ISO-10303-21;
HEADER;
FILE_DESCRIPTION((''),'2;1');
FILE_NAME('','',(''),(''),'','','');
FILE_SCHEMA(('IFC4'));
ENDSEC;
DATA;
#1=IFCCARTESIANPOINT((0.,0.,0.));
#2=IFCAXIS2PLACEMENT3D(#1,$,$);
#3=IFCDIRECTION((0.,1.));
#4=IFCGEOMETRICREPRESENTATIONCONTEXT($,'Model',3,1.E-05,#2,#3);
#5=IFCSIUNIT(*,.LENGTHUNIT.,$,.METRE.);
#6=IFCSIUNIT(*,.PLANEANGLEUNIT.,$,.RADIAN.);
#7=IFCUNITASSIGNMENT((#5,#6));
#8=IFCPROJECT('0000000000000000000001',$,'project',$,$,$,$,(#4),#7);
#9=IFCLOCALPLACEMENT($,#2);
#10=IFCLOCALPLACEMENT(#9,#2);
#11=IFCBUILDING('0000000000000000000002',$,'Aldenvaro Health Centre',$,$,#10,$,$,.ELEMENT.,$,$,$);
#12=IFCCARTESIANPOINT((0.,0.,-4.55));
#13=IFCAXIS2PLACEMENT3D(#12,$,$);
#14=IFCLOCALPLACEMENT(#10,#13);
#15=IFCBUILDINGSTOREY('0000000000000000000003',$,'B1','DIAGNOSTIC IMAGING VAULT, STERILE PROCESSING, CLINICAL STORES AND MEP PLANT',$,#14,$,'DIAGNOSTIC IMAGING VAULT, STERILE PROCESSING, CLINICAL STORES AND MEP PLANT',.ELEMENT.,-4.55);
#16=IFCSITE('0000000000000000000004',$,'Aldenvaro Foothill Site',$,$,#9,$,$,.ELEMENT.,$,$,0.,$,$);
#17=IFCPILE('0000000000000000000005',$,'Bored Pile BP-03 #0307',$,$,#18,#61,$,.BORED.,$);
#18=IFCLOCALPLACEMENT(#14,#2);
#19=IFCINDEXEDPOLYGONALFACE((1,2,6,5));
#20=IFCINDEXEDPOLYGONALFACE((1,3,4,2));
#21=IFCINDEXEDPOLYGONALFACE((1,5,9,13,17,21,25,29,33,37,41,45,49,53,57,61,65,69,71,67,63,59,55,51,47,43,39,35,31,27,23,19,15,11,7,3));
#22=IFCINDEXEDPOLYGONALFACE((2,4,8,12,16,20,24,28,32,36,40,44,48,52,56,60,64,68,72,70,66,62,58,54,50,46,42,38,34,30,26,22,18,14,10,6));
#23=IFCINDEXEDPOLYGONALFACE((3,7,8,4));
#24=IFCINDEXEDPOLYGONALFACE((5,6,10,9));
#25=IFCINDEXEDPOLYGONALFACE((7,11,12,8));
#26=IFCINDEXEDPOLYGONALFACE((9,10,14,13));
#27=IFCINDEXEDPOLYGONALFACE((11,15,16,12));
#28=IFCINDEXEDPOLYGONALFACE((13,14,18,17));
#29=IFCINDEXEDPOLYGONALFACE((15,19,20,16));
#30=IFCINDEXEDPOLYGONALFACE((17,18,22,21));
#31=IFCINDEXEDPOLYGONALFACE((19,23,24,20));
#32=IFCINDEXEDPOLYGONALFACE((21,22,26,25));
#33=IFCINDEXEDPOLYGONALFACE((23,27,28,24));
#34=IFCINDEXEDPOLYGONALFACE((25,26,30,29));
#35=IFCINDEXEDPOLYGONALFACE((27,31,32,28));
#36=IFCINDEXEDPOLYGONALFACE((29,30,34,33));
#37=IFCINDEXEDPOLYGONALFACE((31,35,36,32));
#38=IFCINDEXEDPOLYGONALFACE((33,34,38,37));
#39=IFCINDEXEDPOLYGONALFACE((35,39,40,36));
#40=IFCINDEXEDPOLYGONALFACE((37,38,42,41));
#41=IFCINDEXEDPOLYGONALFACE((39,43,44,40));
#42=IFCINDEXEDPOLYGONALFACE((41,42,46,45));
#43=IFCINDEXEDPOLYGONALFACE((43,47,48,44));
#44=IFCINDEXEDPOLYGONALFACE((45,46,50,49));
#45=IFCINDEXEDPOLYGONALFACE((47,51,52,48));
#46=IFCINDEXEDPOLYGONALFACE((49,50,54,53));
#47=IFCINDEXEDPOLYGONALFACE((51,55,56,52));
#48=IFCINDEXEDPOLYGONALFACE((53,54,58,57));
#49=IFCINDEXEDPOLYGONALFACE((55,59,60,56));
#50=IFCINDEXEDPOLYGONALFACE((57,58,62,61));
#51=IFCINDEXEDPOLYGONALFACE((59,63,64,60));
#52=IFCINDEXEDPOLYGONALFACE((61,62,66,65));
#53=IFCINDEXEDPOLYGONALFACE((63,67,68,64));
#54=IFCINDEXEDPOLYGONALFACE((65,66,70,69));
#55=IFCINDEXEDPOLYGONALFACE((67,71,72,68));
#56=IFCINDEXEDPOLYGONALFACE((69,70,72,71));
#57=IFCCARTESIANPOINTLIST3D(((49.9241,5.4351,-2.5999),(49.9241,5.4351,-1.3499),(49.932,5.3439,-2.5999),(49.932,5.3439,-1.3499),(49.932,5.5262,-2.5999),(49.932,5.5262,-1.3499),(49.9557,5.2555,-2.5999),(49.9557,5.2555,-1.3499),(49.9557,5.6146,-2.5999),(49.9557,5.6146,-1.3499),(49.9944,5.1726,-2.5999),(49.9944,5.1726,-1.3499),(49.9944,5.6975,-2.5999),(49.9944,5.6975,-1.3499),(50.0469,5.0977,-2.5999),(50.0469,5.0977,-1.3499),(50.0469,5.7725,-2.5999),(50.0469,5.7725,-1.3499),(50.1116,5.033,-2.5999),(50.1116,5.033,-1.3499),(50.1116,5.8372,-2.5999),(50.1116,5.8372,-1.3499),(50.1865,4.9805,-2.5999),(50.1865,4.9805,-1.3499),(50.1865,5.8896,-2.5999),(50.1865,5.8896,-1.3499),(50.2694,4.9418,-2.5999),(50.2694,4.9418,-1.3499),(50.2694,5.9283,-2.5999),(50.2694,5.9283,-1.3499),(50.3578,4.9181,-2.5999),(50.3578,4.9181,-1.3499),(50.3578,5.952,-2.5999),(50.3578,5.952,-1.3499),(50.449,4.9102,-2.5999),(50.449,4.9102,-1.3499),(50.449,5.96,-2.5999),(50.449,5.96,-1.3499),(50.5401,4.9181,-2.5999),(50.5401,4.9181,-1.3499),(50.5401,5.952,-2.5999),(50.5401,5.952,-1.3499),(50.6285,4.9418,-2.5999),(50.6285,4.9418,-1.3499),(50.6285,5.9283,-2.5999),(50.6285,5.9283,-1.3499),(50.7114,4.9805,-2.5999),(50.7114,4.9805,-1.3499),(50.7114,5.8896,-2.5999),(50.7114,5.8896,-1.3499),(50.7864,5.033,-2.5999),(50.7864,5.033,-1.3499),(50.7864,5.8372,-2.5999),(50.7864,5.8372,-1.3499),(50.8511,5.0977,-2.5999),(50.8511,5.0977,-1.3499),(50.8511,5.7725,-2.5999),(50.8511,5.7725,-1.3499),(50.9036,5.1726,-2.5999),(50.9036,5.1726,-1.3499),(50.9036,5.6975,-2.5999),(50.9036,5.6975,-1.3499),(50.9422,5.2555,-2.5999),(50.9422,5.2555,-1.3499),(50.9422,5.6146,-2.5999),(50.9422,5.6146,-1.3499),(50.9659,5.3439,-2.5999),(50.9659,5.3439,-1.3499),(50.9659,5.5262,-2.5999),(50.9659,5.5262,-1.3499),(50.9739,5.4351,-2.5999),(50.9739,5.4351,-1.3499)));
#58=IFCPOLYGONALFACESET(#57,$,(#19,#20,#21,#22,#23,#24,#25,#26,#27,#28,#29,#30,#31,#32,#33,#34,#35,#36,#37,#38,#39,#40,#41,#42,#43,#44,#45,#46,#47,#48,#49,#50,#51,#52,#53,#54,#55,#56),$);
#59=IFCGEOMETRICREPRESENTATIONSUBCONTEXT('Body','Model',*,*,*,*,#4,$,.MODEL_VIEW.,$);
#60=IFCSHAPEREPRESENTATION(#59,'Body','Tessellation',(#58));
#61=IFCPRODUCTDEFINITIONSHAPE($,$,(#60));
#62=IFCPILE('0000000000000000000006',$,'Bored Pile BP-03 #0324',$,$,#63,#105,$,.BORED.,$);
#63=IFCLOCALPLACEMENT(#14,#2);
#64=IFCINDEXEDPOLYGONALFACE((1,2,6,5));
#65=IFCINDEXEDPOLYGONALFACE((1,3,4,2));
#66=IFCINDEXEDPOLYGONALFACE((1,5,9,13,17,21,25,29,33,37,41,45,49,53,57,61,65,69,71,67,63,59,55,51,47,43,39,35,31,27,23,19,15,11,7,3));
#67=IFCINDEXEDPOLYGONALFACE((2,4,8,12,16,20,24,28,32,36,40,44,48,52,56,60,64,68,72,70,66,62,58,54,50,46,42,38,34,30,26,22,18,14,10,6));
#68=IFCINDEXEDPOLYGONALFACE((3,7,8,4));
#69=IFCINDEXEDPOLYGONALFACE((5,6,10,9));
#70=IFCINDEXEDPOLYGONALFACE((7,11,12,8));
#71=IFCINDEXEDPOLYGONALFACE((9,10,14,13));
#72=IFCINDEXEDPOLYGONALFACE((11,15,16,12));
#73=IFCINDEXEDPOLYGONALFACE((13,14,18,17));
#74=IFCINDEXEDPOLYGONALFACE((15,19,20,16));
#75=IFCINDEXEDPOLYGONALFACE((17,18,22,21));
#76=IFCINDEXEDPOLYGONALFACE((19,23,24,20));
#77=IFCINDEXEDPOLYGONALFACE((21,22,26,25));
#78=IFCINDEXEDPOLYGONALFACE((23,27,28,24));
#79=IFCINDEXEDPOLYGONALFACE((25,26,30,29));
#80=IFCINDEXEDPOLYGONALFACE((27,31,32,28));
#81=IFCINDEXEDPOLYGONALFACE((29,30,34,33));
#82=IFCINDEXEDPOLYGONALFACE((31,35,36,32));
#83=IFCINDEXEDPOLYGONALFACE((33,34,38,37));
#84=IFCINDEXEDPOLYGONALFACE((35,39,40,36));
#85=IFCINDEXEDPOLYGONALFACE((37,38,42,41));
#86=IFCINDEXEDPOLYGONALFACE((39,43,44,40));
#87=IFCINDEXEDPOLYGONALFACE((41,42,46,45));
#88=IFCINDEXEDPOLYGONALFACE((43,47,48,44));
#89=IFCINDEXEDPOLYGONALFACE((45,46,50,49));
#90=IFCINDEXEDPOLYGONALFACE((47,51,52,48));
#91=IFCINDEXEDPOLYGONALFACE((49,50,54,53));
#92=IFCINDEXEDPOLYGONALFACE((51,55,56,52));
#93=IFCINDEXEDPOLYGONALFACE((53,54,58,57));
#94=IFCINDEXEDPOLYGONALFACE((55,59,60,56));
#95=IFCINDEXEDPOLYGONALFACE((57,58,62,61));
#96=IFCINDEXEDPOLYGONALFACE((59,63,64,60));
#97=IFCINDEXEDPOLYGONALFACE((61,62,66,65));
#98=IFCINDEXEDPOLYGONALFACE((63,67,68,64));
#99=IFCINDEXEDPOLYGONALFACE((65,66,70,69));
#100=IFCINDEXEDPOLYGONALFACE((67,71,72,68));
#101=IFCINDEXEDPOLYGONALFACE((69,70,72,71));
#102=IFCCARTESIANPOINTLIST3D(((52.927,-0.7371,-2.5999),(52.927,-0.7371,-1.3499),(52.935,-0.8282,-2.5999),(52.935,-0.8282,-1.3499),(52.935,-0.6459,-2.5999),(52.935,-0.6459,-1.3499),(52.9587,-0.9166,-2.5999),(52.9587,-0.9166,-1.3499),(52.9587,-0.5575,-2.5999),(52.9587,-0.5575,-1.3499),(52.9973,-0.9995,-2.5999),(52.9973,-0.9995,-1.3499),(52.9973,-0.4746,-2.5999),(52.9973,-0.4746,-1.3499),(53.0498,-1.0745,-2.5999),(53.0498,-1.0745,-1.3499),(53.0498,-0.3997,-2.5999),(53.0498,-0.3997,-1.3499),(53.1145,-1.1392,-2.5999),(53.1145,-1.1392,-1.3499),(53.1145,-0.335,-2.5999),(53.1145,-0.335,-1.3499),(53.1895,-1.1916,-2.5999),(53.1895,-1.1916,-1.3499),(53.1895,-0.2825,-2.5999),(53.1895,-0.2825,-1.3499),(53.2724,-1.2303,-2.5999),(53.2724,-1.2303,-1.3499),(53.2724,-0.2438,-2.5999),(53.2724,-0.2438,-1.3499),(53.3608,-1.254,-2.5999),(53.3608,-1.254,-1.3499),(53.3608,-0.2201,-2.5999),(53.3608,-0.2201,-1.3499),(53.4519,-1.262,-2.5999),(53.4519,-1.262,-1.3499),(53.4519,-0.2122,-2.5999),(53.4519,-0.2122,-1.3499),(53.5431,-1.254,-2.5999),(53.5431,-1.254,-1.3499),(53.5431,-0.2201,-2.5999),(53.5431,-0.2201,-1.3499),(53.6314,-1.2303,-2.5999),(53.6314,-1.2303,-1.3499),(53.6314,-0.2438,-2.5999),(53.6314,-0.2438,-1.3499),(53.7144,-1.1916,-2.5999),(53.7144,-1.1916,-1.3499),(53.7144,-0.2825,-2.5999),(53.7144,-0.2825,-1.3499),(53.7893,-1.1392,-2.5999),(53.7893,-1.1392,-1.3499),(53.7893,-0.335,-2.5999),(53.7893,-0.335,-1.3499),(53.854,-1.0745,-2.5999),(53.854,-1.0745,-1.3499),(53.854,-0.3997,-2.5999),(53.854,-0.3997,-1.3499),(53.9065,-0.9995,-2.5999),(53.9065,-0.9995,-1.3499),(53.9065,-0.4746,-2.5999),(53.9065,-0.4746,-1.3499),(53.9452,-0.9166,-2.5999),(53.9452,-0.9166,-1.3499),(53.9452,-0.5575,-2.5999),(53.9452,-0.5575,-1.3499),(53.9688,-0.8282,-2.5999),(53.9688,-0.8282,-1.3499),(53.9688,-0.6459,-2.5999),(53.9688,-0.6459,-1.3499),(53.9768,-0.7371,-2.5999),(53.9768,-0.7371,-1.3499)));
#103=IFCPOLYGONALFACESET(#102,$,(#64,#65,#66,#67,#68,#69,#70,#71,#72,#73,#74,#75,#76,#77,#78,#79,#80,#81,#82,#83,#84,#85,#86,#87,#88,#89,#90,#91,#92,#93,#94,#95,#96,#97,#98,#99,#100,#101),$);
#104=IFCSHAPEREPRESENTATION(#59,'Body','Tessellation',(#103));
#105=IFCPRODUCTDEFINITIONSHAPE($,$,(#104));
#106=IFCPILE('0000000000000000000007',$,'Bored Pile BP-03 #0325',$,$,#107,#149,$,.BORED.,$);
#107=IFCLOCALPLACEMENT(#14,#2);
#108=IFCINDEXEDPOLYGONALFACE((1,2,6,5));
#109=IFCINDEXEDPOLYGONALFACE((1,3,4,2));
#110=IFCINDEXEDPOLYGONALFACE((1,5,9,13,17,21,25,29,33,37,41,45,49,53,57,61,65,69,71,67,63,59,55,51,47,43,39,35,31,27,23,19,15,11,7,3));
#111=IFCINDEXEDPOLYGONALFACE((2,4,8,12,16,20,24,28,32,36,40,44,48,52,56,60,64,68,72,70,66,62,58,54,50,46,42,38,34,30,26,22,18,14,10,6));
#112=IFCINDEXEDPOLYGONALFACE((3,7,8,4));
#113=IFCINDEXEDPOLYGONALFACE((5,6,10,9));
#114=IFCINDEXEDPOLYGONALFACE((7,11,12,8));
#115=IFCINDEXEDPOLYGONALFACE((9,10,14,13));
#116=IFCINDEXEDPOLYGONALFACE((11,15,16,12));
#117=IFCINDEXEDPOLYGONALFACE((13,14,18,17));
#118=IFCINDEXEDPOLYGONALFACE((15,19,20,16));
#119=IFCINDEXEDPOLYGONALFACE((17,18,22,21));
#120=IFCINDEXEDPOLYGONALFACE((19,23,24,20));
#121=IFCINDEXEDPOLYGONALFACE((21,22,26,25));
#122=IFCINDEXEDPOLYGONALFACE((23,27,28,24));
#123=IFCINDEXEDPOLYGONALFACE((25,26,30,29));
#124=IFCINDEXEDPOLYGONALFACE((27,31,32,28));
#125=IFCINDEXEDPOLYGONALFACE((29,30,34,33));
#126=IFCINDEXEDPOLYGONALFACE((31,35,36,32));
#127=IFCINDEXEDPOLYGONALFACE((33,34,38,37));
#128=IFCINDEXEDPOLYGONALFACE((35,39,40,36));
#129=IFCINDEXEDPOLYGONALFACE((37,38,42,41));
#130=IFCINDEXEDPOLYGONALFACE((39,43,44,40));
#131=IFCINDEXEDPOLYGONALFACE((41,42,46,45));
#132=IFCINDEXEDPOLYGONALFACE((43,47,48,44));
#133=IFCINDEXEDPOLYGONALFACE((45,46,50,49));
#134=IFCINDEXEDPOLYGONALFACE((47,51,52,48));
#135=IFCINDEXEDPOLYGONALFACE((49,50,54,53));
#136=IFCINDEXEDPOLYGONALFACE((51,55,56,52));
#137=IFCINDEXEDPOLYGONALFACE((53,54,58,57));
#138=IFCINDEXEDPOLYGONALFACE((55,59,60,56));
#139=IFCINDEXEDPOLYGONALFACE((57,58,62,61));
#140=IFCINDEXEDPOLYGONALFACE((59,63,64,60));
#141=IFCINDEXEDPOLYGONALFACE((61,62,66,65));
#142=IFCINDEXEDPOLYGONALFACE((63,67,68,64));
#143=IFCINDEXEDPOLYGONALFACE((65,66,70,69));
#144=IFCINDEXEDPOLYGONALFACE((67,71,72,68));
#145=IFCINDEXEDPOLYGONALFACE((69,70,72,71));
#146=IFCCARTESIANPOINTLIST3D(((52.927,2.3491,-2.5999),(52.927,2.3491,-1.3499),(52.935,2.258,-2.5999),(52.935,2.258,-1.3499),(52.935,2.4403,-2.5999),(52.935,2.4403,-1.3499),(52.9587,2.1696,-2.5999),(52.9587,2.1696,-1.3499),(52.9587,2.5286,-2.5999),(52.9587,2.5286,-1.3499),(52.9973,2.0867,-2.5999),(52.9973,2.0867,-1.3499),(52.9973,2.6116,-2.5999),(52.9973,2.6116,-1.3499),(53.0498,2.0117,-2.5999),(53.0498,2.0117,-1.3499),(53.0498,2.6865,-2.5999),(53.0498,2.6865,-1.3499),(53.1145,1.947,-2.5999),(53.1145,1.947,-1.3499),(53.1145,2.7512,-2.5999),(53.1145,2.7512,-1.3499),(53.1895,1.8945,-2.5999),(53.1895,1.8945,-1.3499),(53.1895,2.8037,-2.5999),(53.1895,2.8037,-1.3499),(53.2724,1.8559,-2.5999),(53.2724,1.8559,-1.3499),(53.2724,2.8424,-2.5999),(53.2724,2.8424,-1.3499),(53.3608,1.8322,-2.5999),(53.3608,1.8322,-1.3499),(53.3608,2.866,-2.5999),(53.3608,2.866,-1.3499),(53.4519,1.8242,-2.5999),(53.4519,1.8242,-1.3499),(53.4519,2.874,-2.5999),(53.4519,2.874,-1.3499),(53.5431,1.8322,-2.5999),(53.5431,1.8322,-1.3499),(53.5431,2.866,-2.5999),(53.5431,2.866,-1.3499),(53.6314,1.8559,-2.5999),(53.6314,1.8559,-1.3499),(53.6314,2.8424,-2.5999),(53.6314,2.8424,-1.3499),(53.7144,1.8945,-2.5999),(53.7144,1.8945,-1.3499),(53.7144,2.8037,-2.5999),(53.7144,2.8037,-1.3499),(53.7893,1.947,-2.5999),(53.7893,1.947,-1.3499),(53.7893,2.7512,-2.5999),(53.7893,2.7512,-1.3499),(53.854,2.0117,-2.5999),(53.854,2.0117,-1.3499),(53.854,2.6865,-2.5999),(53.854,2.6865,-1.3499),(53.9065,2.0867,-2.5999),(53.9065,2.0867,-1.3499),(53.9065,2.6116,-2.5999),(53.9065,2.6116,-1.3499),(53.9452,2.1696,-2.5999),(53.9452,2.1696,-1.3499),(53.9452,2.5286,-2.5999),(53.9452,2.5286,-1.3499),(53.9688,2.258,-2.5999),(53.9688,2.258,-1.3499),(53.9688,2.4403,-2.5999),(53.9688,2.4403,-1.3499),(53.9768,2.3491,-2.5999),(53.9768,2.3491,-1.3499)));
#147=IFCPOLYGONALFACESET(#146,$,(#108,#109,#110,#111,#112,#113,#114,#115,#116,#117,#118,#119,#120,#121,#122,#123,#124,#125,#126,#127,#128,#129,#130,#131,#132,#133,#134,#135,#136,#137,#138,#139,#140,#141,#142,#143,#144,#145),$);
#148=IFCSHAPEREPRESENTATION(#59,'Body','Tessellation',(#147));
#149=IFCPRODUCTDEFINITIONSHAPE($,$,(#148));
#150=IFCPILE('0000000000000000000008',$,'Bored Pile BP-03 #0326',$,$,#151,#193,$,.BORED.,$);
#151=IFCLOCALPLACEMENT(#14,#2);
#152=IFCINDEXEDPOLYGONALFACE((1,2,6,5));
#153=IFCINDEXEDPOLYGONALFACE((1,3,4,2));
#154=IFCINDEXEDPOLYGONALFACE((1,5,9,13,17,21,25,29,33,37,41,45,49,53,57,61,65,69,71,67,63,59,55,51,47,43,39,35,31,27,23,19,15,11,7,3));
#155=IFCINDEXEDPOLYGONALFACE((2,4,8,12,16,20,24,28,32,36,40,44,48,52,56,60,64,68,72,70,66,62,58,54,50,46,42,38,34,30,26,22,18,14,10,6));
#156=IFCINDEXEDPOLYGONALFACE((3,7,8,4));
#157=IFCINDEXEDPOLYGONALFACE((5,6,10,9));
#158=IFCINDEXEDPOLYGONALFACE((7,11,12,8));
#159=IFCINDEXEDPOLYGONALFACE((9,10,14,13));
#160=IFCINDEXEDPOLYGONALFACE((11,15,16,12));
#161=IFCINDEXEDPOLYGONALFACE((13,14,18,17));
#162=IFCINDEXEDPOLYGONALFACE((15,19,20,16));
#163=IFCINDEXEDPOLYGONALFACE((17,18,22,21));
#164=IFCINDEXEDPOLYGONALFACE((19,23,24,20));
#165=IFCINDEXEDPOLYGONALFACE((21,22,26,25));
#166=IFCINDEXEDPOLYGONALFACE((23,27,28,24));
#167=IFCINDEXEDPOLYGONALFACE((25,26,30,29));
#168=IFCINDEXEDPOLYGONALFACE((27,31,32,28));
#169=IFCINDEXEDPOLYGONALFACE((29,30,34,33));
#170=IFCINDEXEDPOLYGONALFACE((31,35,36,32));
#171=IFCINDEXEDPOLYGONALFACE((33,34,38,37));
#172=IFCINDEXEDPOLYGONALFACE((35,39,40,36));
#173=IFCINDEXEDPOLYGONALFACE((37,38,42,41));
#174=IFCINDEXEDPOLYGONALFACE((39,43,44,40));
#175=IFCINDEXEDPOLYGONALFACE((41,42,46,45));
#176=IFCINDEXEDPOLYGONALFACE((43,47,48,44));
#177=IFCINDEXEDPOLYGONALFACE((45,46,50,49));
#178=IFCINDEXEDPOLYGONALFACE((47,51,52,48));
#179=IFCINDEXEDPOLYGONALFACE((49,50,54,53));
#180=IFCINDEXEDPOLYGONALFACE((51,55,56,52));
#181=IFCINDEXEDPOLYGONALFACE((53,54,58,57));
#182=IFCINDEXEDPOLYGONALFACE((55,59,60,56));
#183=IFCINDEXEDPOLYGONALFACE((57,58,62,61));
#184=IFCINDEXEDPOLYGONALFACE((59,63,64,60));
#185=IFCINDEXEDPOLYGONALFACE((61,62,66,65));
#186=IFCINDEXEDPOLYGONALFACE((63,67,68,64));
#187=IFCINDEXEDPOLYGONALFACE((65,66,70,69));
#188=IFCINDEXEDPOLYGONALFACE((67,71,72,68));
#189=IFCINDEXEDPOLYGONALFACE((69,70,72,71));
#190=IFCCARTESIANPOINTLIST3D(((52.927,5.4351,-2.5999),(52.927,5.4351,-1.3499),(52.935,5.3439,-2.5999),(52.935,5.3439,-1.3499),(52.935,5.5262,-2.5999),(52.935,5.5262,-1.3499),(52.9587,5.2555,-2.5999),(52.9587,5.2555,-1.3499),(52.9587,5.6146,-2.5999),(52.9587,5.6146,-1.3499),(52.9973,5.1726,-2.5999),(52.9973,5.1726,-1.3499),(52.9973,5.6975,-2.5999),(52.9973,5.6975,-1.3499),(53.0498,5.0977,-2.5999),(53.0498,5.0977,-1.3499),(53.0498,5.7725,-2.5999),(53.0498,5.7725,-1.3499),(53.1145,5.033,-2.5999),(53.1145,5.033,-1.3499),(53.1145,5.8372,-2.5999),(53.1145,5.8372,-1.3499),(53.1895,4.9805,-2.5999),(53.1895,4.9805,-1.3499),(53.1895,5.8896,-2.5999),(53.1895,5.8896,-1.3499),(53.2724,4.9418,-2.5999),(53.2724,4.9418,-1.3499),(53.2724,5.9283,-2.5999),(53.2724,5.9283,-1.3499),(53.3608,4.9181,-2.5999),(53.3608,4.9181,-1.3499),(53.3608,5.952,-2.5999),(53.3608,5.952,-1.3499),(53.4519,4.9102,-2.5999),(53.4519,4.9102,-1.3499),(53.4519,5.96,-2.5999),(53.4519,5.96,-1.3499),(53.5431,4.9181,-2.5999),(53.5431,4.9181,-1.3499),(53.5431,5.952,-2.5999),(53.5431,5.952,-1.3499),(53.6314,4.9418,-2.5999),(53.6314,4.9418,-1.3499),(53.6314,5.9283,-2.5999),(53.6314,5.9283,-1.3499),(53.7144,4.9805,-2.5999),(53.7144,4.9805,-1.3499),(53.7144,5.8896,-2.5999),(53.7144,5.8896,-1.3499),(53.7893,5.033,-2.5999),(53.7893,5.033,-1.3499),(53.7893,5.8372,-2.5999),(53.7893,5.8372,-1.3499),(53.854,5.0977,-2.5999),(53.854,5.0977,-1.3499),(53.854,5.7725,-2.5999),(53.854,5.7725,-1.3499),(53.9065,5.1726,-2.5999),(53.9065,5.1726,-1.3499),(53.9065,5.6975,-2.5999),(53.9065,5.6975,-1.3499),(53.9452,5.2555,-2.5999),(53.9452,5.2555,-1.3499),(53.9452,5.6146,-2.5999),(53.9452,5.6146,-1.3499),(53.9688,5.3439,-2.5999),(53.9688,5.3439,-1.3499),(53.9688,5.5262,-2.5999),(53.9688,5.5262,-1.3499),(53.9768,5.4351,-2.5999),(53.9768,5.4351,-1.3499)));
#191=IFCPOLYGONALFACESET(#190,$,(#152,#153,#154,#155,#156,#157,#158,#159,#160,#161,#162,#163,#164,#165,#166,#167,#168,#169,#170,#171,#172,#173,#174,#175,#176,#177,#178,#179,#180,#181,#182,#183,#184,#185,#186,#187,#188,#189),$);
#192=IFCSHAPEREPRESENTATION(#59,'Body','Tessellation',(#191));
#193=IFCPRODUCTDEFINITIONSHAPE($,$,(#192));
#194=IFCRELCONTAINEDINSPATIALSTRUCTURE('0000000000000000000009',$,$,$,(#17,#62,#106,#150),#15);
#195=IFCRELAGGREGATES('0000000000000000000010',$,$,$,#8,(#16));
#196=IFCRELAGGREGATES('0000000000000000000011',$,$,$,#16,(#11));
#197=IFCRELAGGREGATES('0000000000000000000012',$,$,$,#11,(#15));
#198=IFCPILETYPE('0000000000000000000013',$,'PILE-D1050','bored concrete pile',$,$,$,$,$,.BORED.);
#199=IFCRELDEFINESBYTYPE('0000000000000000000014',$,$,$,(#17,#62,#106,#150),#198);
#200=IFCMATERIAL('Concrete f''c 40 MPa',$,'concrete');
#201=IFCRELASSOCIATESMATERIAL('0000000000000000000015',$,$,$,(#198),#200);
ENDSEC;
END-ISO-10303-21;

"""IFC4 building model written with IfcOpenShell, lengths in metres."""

from ifc_helpers import new_model, si_unit, direction, frame, origin, origin_2d, place, context, subcontext, project, spatial, circle, extrude, material, material_profile, profile_set, type_object, element, save


model = new_model("IFC4")

# Units and contexts
model_context = context("Model", 3, precision=1e-05, world=origin(), true_north=direction((0.0, 1.0)))
body_context = subcontext(model_context, "Body", "Model", "MODEL_VIEW")
ifc_project = project(units=[si_unit("LENGTHUNIT", "METRE"), si_unit("PLANEANGLEUNIT", "RADIAN")], contexts=[model_context])

# Site, building, storey
site_placement = place(None, origin())
site = spatial("IfcSite", under=ifc_project, at=site_placement, Name="Aldenvaro Foothill Site", CompositionType="ELEMENT", RefElevation=0.0)
building_placement = place(site_placement, origin())
building = spatial("IfcBuilding", under=site, at=building_placement, Name="Aldenvaro Health Centre", CompositionType="ELEMENT")
storey_placement = place(building_placement, frame((0.0, 0.0, -4.55)))
storey = spatial("IfcBuildingStorey", under=building, at=storey_placement, Name="B1", Description="DIAGNOSTIC IMAGING VAULT, STERILE PROCESSING, CLINICAL STORES AND MEP PLANT", LongName="DIAGNOSTIC IMAGING VAULT, STERILE PROCESSING, CLINICAL STORES AND MEP PLANT", CompositionType="ELEMENT", Elevation=-4.55)

# Piles
ifc_material = material(Name="Concrete f'c 40 MPa", Category="concrete")
ifc_material_profile_1 = material_profile(ifc_material, circle(Radius=0.5249, at=origin_2d()), Name="PILE D1050", Category="concrete")
ifc_profile_set_1 = profile_set([ifc_material_profile_1], Name="Concrete f'c 40 MPa")
pile_type = type_object("IfcPileType", Name="PILE-D1050", Description="bored concrete pile", PredefinedType="BORED", material=ifc_profile_set_1)
for number, where, z_axis, x_axis, name in (
    (1, (50.449, 5.4351, -1.3499), (0.0, 0.0, -1.0), (1.0, 0.0, 0.0), "Bored Pile BP-03 #0307"),
    (2, (53.4519, -0.7371, -1.3499), (0.0, 0.0, -1.0), (1.0, 0.0, 0.0), "Bored Pile BP-03 #0324"),
    (3, (53.4519, 2.3491, -1.3499), (0.0, 0.0, -1.0), (1.0, 0.0, 0.0), "Bored Pile BP-03 #0325"),
    (4, (53.4519, 5.4351, -1.3499), (0.0, 0.0, -1.0), (1.0, 0.0, 0.0), "Bored Pile BP-03 #0326"),
):
    element("IfcPile", number, at=place(storey_placement, frame(where, z_axis=z_axis, x_axis=x_axis)), inside=storey, type_object=pile_type, Name=name, PredefinedType="BORED", context=body_context, shape_type="SweptSolid", body=[
        extrude(circle(Radius=0.5249, at=origin_2d()), origin(), (0.0, 0.0, 1.0), 1.25),
    ])

save(model, "model.ifc")
